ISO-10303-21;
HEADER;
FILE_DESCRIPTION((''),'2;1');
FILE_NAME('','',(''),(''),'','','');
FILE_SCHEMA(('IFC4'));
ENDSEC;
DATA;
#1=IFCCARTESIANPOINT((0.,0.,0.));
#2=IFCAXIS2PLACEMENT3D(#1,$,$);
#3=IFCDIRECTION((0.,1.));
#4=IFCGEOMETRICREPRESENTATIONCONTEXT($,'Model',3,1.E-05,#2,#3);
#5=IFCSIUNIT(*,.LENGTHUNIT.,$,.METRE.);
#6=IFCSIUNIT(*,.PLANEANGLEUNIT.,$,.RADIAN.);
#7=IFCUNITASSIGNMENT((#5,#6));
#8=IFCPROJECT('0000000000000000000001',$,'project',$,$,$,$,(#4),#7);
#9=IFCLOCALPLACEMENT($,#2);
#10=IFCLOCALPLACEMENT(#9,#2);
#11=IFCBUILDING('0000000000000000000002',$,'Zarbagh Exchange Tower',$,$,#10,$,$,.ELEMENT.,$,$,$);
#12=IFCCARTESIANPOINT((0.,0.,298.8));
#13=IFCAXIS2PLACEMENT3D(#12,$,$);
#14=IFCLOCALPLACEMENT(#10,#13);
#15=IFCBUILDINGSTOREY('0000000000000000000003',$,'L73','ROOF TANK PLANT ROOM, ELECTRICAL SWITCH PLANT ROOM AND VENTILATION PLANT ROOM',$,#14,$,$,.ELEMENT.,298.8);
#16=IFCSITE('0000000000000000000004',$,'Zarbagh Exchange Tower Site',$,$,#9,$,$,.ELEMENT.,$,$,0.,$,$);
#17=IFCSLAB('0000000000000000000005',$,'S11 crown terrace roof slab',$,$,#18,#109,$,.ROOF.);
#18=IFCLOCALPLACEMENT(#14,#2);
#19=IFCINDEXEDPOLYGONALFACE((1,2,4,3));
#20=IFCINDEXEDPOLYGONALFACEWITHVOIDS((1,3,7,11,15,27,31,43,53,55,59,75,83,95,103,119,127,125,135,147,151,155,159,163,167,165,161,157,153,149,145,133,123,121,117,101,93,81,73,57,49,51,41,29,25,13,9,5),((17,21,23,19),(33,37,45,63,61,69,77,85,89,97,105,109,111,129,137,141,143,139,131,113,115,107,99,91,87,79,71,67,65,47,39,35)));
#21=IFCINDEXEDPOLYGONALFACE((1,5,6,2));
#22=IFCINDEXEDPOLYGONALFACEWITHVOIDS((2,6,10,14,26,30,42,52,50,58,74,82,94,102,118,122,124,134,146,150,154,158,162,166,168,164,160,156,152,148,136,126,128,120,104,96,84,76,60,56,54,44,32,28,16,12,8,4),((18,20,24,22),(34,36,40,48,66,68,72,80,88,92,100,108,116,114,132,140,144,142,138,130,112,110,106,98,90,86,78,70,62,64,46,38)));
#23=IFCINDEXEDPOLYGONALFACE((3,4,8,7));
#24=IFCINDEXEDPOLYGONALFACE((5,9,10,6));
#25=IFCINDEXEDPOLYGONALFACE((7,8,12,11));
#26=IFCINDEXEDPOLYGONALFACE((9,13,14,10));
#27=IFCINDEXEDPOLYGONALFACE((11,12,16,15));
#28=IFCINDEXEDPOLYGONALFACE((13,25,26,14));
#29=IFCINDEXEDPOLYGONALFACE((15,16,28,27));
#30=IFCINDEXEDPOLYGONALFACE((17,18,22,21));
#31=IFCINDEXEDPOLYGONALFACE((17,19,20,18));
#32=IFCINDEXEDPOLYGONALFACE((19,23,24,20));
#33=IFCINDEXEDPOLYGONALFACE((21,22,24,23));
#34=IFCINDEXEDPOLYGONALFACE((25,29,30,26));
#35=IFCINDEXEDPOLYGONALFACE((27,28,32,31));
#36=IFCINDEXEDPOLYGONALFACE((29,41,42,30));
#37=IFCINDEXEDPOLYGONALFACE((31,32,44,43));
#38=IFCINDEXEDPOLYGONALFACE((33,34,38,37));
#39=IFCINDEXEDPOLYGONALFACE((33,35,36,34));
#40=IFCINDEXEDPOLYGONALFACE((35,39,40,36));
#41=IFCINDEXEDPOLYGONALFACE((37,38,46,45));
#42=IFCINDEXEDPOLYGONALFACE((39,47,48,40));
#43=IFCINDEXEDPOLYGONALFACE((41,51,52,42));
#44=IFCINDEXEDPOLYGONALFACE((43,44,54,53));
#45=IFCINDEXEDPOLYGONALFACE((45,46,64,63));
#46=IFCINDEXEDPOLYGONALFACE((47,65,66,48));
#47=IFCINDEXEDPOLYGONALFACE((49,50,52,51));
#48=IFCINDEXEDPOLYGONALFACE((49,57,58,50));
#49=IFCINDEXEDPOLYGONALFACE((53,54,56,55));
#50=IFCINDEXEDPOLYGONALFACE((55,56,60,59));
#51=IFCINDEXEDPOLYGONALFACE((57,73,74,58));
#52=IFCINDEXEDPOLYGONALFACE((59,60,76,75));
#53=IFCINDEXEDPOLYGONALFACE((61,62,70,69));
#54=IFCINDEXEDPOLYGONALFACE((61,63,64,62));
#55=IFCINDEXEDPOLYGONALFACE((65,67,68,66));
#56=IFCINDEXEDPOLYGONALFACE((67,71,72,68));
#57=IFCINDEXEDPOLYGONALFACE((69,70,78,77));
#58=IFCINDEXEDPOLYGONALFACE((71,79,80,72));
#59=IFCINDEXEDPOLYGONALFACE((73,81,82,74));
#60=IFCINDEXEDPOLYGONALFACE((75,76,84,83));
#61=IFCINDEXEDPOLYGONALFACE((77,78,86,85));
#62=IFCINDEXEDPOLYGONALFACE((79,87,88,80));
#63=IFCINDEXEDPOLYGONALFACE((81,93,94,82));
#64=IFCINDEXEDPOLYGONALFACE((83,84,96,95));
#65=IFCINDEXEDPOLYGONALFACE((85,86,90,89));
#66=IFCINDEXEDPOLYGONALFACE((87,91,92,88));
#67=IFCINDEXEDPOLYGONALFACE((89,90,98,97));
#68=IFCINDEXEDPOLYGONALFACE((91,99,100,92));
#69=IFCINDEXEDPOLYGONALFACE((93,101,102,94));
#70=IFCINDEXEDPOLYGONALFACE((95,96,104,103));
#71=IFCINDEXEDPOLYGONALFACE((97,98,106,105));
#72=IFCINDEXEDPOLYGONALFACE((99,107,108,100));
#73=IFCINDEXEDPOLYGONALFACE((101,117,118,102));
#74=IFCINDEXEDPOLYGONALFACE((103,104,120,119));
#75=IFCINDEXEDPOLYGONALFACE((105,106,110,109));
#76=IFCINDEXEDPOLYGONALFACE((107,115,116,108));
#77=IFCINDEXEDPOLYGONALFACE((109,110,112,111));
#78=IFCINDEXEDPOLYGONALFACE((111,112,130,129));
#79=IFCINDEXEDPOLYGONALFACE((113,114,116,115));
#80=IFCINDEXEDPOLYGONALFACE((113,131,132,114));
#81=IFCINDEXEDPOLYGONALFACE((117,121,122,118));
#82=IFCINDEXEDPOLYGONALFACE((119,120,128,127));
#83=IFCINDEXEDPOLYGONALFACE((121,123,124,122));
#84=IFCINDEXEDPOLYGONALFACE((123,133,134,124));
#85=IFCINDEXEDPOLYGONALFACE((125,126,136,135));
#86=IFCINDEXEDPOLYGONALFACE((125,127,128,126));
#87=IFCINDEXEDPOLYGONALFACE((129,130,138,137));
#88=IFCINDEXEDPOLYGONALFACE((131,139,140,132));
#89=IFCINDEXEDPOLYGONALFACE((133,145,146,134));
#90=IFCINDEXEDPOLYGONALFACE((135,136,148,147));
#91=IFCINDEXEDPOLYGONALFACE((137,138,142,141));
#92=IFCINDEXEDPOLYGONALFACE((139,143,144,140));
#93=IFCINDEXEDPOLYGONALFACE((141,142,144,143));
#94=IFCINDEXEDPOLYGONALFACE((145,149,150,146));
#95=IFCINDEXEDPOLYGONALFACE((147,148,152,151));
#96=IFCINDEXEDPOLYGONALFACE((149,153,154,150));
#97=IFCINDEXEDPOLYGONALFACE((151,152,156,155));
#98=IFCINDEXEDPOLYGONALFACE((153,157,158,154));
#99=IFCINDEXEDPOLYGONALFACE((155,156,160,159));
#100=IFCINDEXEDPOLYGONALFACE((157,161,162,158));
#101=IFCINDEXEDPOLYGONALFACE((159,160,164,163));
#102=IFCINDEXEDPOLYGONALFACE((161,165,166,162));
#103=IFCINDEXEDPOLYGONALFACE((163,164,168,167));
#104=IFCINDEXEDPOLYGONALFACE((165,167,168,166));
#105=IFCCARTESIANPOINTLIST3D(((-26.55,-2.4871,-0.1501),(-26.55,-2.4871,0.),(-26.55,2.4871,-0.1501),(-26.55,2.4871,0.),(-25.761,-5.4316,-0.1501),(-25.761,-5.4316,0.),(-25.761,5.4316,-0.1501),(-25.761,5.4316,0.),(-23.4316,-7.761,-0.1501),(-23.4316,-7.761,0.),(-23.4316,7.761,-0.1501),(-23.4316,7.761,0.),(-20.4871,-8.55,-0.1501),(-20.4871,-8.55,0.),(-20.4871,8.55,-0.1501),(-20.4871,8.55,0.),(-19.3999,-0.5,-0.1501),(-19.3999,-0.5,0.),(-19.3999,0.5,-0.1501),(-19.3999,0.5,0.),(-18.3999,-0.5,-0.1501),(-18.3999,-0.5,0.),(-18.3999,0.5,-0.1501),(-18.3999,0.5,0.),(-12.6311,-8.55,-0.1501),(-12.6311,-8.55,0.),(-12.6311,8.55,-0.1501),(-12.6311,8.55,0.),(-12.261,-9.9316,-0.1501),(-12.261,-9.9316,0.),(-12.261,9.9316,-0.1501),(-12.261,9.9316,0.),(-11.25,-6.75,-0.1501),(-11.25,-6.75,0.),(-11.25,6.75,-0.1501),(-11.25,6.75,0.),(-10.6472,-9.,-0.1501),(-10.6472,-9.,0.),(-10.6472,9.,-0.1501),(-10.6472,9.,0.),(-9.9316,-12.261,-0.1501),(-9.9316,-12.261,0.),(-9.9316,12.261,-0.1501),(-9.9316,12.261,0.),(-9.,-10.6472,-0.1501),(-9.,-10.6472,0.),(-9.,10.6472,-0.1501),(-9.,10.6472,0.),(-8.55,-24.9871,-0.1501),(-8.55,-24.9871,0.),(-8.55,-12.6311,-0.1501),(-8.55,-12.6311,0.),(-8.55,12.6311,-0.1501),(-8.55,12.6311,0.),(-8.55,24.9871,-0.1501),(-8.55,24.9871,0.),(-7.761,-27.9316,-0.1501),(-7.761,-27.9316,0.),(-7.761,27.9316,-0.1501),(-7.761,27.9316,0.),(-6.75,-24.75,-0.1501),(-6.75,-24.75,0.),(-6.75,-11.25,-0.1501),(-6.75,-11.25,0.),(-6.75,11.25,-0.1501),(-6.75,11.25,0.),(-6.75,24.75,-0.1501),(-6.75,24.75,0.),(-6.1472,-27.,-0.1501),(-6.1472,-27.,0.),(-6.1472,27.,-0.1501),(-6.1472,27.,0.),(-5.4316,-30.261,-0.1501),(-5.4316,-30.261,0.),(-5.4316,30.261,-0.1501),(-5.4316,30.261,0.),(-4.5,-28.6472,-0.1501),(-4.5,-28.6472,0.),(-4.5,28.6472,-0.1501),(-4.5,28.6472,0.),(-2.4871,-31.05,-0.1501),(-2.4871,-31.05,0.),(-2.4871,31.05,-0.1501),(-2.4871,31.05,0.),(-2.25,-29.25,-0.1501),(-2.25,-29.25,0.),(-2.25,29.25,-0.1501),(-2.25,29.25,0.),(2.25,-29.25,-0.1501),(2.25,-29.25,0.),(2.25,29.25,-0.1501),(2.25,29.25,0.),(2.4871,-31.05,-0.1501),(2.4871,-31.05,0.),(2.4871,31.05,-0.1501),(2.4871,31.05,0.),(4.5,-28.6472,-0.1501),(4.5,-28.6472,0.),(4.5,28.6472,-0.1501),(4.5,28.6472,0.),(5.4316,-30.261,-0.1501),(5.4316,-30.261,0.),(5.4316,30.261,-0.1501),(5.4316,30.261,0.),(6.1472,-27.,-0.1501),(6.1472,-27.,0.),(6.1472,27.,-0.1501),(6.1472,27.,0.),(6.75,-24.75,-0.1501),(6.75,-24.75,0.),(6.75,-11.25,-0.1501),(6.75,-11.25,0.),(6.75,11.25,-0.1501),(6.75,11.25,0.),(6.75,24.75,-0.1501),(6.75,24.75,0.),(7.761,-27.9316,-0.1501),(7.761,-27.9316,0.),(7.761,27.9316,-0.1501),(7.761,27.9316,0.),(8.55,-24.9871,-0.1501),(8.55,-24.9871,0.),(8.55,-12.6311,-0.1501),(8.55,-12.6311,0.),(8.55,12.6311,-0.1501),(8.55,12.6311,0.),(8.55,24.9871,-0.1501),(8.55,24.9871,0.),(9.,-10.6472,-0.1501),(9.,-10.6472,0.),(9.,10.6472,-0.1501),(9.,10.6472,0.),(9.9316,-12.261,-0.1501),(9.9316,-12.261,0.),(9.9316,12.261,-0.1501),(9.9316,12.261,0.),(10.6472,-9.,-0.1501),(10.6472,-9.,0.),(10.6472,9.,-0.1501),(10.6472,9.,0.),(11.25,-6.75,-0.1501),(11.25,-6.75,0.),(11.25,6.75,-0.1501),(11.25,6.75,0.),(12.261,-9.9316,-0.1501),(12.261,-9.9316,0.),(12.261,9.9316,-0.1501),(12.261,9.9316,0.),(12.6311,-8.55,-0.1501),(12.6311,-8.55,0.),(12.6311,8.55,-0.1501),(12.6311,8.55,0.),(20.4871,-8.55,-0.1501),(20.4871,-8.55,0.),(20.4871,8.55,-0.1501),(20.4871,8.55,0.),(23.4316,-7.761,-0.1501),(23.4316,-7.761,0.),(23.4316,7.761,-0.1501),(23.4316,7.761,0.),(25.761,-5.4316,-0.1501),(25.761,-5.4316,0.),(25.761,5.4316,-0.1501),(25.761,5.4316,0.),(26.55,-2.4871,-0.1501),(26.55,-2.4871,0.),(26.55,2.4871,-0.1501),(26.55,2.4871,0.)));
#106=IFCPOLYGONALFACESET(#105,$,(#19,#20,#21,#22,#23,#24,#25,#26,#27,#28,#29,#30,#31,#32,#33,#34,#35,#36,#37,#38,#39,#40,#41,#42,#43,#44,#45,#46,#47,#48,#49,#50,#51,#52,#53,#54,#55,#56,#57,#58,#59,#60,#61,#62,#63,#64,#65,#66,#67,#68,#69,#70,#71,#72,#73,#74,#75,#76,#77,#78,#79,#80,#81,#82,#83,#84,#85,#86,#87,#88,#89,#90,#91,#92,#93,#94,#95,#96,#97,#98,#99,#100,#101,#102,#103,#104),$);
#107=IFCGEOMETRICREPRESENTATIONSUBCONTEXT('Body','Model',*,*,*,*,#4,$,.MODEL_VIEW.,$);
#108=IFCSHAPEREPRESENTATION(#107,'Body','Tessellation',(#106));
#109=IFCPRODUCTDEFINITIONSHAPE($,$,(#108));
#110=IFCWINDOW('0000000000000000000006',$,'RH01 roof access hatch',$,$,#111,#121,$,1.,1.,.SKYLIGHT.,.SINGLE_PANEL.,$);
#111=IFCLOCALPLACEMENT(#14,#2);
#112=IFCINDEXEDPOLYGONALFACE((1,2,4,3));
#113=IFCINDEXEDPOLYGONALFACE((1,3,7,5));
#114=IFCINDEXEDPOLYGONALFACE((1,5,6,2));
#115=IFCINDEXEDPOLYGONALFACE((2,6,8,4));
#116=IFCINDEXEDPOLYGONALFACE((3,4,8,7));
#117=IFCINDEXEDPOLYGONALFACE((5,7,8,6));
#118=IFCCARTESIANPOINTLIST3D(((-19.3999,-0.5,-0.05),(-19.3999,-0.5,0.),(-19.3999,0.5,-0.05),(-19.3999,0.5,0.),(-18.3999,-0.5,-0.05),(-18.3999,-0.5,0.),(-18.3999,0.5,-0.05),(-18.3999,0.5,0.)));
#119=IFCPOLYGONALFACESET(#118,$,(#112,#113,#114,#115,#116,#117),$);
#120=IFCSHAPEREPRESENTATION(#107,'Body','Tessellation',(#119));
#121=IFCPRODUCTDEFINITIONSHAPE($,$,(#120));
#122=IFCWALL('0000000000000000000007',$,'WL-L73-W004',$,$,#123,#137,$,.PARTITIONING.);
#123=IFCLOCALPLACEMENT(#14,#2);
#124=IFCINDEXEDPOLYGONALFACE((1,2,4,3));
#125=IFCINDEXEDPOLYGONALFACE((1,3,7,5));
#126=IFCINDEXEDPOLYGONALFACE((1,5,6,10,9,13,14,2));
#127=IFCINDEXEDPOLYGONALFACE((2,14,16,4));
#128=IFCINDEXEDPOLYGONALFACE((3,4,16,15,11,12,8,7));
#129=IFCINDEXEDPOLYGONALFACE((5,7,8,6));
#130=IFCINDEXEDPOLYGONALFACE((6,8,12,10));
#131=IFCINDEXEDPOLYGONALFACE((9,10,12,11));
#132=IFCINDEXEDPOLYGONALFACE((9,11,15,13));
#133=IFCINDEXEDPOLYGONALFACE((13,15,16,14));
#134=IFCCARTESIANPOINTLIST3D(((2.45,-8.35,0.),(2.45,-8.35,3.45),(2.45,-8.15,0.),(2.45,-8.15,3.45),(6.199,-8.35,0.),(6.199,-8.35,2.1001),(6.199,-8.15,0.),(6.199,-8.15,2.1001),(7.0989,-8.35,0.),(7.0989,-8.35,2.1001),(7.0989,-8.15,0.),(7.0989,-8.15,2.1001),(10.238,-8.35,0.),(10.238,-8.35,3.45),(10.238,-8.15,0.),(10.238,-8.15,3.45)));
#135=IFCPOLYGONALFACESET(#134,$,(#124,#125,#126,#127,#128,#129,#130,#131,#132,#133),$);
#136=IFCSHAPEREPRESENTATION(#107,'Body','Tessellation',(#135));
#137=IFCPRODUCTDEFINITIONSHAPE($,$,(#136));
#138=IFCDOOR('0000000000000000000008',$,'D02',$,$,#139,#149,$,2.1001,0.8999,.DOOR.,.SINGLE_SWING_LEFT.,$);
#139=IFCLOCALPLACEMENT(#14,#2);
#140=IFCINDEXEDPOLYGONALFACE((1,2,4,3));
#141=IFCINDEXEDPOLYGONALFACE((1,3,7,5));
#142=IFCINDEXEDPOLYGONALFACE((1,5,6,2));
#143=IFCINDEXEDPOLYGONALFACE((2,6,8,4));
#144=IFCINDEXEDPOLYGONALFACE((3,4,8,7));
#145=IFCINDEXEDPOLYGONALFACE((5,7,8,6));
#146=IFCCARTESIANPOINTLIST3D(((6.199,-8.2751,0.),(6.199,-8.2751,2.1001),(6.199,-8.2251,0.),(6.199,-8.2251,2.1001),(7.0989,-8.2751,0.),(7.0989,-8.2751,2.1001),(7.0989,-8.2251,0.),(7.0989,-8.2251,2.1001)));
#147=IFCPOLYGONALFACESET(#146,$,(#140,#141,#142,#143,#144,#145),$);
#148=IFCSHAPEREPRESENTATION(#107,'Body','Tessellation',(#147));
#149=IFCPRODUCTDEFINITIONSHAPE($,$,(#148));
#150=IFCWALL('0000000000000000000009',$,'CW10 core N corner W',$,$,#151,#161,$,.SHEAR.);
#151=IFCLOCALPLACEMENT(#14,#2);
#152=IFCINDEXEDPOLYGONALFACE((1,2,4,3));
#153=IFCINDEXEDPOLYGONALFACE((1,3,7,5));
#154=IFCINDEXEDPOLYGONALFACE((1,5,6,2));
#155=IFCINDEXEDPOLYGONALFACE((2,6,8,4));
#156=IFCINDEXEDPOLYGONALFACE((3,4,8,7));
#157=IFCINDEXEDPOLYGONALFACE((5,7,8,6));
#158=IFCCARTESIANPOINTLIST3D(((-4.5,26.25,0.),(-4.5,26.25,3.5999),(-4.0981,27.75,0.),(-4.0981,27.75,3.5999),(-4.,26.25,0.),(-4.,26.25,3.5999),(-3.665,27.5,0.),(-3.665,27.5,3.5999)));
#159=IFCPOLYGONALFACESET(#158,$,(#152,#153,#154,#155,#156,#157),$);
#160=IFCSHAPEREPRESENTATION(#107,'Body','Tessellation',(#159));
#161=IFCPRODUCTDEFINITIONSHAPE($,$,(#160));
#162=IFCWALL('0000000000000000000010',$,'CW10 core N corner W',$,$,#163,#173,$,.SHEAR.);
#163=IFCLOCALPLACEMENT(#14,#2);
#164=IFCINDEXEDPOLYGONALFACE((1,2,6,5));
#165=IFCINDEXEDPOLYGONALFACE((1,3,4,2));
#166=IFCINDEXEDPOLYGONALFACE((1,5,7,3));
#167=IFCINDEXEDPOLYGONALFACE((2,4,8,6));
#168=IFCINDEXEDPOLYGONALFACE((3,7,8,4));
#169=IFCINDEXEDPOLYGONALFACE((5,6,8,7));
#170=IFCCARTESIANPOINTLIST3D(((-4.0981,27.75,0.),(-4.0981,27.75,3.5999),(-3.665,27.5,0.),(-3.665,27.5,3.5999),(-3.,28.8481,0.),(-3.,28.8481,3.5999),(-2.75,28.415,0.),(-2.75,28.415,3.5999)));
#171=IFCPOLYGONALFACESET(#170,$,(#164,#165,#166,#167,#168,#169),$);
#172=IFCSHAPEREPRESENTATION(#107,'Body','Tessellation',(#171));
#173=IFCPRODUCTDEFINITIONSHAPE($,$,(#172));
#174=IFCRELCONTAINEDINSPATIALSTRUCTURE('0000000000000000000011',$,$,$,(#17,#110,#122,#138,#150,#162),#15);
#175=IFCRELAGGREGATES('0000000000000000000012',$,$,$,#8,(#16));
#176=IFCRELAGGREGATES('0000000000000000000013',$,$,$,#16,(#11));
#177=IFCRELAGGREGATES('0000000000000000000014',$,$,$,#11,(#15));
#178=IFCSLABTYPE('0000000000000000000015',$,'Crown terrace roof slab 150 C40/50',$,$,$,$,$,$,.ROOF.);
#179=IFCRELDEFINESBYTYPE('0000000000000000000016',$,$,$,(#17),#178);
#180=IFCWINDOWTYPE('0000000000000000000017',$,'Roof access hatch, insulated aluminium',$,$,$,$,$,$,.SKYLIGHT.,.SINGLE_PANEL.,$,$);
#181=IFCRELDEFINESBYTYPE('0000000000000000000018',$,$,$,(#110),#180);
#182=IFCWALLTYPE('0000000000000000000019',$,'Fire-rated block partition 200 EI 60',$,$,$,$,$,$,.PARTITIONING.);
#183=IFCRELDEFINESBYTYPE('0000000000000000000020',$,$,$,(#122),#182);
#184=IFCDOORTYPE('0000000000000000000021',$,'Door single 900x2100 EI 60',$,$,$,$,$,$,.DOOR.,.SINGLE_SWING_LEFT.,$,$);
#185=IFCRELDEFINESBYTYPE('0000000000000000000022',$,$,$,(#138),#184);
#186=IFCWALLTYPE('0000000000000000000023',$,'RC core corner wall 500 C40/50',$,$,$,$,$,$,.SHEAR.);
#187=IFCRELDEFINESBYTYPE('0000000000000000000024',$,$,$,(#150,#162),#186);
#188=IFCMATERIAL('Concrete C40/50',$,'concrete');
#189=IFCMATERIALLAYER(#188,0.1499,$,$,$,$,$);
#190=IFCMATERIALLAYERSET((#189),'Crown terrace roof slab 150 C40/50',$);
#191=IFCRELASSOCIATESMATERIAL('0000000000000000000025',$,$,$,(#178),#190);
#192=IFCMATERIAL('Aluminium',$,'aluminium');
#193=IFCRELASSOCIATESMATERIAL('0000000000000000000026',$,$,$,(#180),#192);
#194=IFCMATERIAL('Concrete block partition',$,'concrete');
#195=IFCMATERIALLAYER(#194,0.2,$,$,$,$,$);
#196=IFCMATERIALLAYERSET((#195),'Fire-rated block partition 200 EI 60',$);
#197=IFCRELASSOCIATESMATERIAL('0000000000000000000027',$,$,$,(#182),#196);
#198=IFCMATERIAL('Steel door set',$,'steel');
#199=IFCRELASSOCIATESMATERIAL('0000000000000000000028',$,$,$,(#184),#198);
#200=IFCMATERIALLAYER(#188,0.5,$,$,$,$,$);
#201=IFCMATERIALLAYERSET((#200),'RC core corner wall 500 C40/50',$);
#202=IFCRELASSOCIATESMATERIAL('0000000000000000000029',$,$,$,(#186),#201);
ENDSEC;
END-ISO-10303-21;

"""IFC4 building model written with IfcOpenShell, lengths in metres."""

from ifc_helpers import new_model, si_unit, direction, frame, frame_2d, origin, origin_2d, place, context, subcontext, project, spatial, polyline, rectangle, outline, extrude, material, layer, layer_set, type_object, element, fill, save


model = new_model("IFC4")

# Units and contexts
model_context = context("Model", 3, precision=1e-05, world=origin(), true_north=direction((0.0, 1.0)))
body_context = subcontext(model_context, "Body", "Model", "MODEL_VIEW")
ifc_project = project(units=[si_unit("LENGTHUNIT", "METRE"), si_unit("PLANEANGLEUNIT", "RADIAN")], contexts=[model_context])

# Site, building, storey
site_placement = place(None, origin())
site = spatial("IfcSite", under=ifc_project, at=site_placement, Name="Zarbagh Exchange Tower Site", CompositionType="ELEMENT", RefElevation=0.0)
building_placement = place(site_placement, origin())
building = spatial("IfcBuilding", under=site, at=building_placement, Name="Zarbagh Exchange Tower", CompositionType="ELEMENT")
storey_placement = place(building_placement, frame((0.0, 0.0, 298.8)))
storey = spatial("IfcBuildingStorey", under=building, at=storey_placement, Name="L73", Description="ROOF TANK PLANT ROOM, ELECTRICAL SWITCH PLANT ROOM AND VENTILATION PLANT ROOM", CompositionType="ELEMENT", Elevation=298.8)

# Shared definitions
ifc_material_1 = material(Name="Concrete C40/50", Category="concrete")

# Slab, opening, window
ifc_layer_1 = layer(ifc_material_1, 0.1499)
ifc_layer_set_1 = layer_set([ifc_layer_1], Name="Crown terrace roof slab 150 C40/50")
slab_type = type_object("IfcSlabType", Name="Crown terrace roof slab 150 C40/50", PredefinedType="ROOF", material=ifc_layer_set_1)
slab_placement = place(storey_placement, frame((0.0, 0.0, -0.1501)))
slab = element("IfcSlab", 1, at=slab_placement, inside=storey, type_object=slab_type, Name="S11 crown terrace roof slab", PredefinedType="ROOF", context=body_context, shape_type="SweptSolid", body=[
    extrude(outline(polyline([(-2.4871, -31.05), (-5.4316, -30.261), (-7.761, -27.9316), (-8.55, -24.9871), (-8.55, -12.6311), (-9.9316, -12.261), (-12.261, -9.9316), (-12.6311, -8.55), (-20.4871, -8.55), (-23.4316, -7.761), (-25.761, -5.4316), (-26.55, -2.4871), (-26.55, 2.4871), (-25.761, 5.4316), (-23.4316, 7.761), (-20.4871, 8.55), (-12.6311, 8.55), (-12.261, 9.9316), (-9.9316, 12.261), (-8.55, 12.6311), (-8.55, 24.9871), (-7.761, 27.9316), (-5.4316, 30.261), (-2.4871, 31.05), (2.4871, 31.05), (5.4316, 30.261), (7.761, 27.9316), (8.55, 24.9871), (8.55, 12.6311), (9.9316, 12.261), (12.261, 9.9316), (12.6311, 8.55), (20.4871, 8.55), (23.4316, 7.761), (25.761, 5.4316), (26.55, 2.4871), (26.55, -2.4871), (25.761, -5.4316), (23.4316, -7.761), (20.4871, -8.55), (12.6311, -8.55), (12.261, -9.9316), (9.9316, -12.261), (8.55, -12.6311), (8.55, -24.9871), (7.761, -27.9316), (5.4316, -30.261), (2.4871, -31.05), (-2.4871, -31.05)]), holes=[polyline([(4.5, -28.6472), (6.1472, -27.0), (6.75, -24.75), (6.75, -11.25), (9.0, -10.6472), (10.6472, -9.0), (11.25, -6.75), (11.25, 6.75), (10.6472, 9.0), (9.0, 10.6472), (6.75, 11.25), (6.75, 24.75), (6.1472, 27.0), (4.5, 28.6472), (2.25, 29.25), (-2.25, 29.25), (-4.5, 28.6472), (-6.1472, 27.0), (-6.75, 24.75), (-6.75, 11.25), (-9.0, 10.6472), (-10.6472, 9.0), (-11.25, 6.75), (-11.25, -6.75), (-10.6472, -9.0), (-9.0, -10.6472), (-6.75, -11.25), (-6.75, -24.75), (-6.1472, -27.0), (-4.5, -28.6472), (-2.25, -29.25), (2.25, -29.25), (4.5, -28.6472)])]), origin(), (0.0, 0.0, 1.0), 0.1501),
])
opening_1_placement = place(slab_placement, frame((-18.8999, 0.0, 0.0)))
opening_1 = element("IfcOpeningElement", 2, at=opening_1_placement, cuts=slab, PredefinedType="OPENING", context=body_context, shape_type="SweptSolid", body=[
    extrude(rectangle(XDim=1.0, YDim=1.0, at=origin_2d()), frame((0.0, 0.0, -0.01)), (0.0, 0.0, 1.0), 0.1702),
])
ifc_material_2 = material(Name="Aluminium", Category="aluminium")
window_type = type_object("IfcWindowType", Name="Roof access hatch, insulated aluminium", PartitioningType="SINGLE_PANEL", PredefinedType="SKYLIGHT", material=ifc_material_2)
window_placement = place(opening_1_placement, frame((0.0, 0.0, 0.1001)))
window = element("IfcWindow", 3, at=window_placement, inside=storey, type_object=window_type, Name="RH01 roof access hatch", OverallHeight=1.0, OverallWidth=1.0, PartitioningType="SINGLE_PANEL", PredefinedType="SKYLIGHT", context=body_context, shape_type="SweptSolid", body=[
    extrude(rectangle(XDim=1.0, YDim=1.0, at=origin_2d()), origin(), (0.0, 0.0, 1.0), 0.05),
])
fill(opening_1, window)

# Wall, opening, door
ifc_material_3 = material(Name="Concrete block partition", Category="concrete")
ifc_layer_2 = layer(ifc_material_3, 0.2)
ifc_layer_set_2 = layer_set([ifc_layer_2], Name="Fire-rated block partition 200 EI 60")
wall_type_1 = type_object("IfcWallType", Name="Fire-rated block partition 200 EI 60", PredefinedType="PARTITIONING", material=ifc_layer_set_2)
wall_1_placement = place(storey_placement, frame((2.45, -8.25, 0.0), z_axis=(0.0, 0.0, 1.0), x_axis=(1.0, 0.0, 0.0)))
wall_1 = element("IfcWall", 4, at=wall_1_placement, inside=storey, type_object=wall_type_1, Name="WL-L73-W004", PredefinedType="PARTITIONING", context=body_context, shape_type="SweptSolid", body=[
    extrude(rectangle(XDim=7.7881, YDim=0.2, at=frame_2d((3.894, 0.0))), origin(), (0.0, 0.0, 1.0), 3.45),
])
opening_2_placement = place(wall_1_placement, frame((3.749, 0.0, 0.0)))
opening_2 = element("IfcOpeningElement", 5, at=opening_2_placement, cuts=wall_1, PredefinedType="OPENING", context=body_context, shape_type="SweptSolid", body=[
    extrude(rectangle(XDim=0.8999, YDim=2.1001, at=frame_2d((0.45, 1.05))), frame((0.0, 0.1099, 0.0), z_axis=(0.0, -1.0, 0.0), x_axis=(1.0, 0.0, 0.0)), (0.0, 0.0, 1.0), 0.22),
])
ifc_material_4 = material(Name="Steel door set", Category="steel")
door_type_1 = type_object("IfcDoorType", Name="Door single 900x2100 EI 60", OperationType="SINGLE_SWING_LEFT", PredefinedType="DOOR", material=ifc_material_4)
door_1_placement = place(opening_2_placement, origin())
door_1 = element("IfcDoor", 6, at=door_1_placement, inside=storey, type_object=door_type_1, Name="D02", OperationType="SINGLE_SWING_LEFT", OverallHeight=2.1001, OverallWidth=0.8999, PredefinedType="DOOR", context=body_context, shape_type="SweptSolid", body=[
    extrude(rectangle(XDim=0.8999, YDim=2.1001, at=frame_2d((0.45, 1.05))), frame((0.0, 0.0249, 0.0), z_axis=(0.0, -1.0, 0.0), x_axis=(1.0, 0.0, 0.0)), (0.0, 0.0, 1.0), 0.05),
])
fill(opening_2, door_1)

# Walls
ifc_layer_3 = layer(ifc_material_1, 0.5)
ifc_layer_set_3 = layer_set([ifc_layer_3], Name="RC core corner wall 500 C40/50")
wall_type_2 = type_object("IfcWallType", Name="RC core corner wall 500 C40/50", PredefinedType="SHEAR", material=ifc_layer_set_3)
wall_2_placement = place(storey_placement, origin())
element("IfcWall", 7, at=wall_2_placement, inside=storey, type_object=wall_type_2, Name="CW10 core N corner W", PredefinedType="SHEAR", context=body_context, shape_type="SweptSolid", body=[
    extrude(outline(polyline([(-4.5, 26.25), (-4.0981, 27.75), (-3.665, 27.5), (-4.0, 26.25), (-4.5, 26.25)])), origin(), (0.0, 0.0, 1.0), 3.5999),
])
wall_3_placement = place(storey_placement, origin())
element("IfcWall", 8, at=wall_3_placement, inside=storey, type_object=wall_type_2, Name="CW10 core N corner W", PredefinedType="SHEAR", context=body_context, shape_type="SweptSolid", body=[
    extrude(outline(polyline([(-4.0981, 27.75), (-3.0, 28.8481), (-2.75, 28.415), (-3.665, 27.5), (-4.0981, 27.75)])), origin(), (0.0, 0.0, 1.0), 3.5999),
])

save(model, "model.ifc")
